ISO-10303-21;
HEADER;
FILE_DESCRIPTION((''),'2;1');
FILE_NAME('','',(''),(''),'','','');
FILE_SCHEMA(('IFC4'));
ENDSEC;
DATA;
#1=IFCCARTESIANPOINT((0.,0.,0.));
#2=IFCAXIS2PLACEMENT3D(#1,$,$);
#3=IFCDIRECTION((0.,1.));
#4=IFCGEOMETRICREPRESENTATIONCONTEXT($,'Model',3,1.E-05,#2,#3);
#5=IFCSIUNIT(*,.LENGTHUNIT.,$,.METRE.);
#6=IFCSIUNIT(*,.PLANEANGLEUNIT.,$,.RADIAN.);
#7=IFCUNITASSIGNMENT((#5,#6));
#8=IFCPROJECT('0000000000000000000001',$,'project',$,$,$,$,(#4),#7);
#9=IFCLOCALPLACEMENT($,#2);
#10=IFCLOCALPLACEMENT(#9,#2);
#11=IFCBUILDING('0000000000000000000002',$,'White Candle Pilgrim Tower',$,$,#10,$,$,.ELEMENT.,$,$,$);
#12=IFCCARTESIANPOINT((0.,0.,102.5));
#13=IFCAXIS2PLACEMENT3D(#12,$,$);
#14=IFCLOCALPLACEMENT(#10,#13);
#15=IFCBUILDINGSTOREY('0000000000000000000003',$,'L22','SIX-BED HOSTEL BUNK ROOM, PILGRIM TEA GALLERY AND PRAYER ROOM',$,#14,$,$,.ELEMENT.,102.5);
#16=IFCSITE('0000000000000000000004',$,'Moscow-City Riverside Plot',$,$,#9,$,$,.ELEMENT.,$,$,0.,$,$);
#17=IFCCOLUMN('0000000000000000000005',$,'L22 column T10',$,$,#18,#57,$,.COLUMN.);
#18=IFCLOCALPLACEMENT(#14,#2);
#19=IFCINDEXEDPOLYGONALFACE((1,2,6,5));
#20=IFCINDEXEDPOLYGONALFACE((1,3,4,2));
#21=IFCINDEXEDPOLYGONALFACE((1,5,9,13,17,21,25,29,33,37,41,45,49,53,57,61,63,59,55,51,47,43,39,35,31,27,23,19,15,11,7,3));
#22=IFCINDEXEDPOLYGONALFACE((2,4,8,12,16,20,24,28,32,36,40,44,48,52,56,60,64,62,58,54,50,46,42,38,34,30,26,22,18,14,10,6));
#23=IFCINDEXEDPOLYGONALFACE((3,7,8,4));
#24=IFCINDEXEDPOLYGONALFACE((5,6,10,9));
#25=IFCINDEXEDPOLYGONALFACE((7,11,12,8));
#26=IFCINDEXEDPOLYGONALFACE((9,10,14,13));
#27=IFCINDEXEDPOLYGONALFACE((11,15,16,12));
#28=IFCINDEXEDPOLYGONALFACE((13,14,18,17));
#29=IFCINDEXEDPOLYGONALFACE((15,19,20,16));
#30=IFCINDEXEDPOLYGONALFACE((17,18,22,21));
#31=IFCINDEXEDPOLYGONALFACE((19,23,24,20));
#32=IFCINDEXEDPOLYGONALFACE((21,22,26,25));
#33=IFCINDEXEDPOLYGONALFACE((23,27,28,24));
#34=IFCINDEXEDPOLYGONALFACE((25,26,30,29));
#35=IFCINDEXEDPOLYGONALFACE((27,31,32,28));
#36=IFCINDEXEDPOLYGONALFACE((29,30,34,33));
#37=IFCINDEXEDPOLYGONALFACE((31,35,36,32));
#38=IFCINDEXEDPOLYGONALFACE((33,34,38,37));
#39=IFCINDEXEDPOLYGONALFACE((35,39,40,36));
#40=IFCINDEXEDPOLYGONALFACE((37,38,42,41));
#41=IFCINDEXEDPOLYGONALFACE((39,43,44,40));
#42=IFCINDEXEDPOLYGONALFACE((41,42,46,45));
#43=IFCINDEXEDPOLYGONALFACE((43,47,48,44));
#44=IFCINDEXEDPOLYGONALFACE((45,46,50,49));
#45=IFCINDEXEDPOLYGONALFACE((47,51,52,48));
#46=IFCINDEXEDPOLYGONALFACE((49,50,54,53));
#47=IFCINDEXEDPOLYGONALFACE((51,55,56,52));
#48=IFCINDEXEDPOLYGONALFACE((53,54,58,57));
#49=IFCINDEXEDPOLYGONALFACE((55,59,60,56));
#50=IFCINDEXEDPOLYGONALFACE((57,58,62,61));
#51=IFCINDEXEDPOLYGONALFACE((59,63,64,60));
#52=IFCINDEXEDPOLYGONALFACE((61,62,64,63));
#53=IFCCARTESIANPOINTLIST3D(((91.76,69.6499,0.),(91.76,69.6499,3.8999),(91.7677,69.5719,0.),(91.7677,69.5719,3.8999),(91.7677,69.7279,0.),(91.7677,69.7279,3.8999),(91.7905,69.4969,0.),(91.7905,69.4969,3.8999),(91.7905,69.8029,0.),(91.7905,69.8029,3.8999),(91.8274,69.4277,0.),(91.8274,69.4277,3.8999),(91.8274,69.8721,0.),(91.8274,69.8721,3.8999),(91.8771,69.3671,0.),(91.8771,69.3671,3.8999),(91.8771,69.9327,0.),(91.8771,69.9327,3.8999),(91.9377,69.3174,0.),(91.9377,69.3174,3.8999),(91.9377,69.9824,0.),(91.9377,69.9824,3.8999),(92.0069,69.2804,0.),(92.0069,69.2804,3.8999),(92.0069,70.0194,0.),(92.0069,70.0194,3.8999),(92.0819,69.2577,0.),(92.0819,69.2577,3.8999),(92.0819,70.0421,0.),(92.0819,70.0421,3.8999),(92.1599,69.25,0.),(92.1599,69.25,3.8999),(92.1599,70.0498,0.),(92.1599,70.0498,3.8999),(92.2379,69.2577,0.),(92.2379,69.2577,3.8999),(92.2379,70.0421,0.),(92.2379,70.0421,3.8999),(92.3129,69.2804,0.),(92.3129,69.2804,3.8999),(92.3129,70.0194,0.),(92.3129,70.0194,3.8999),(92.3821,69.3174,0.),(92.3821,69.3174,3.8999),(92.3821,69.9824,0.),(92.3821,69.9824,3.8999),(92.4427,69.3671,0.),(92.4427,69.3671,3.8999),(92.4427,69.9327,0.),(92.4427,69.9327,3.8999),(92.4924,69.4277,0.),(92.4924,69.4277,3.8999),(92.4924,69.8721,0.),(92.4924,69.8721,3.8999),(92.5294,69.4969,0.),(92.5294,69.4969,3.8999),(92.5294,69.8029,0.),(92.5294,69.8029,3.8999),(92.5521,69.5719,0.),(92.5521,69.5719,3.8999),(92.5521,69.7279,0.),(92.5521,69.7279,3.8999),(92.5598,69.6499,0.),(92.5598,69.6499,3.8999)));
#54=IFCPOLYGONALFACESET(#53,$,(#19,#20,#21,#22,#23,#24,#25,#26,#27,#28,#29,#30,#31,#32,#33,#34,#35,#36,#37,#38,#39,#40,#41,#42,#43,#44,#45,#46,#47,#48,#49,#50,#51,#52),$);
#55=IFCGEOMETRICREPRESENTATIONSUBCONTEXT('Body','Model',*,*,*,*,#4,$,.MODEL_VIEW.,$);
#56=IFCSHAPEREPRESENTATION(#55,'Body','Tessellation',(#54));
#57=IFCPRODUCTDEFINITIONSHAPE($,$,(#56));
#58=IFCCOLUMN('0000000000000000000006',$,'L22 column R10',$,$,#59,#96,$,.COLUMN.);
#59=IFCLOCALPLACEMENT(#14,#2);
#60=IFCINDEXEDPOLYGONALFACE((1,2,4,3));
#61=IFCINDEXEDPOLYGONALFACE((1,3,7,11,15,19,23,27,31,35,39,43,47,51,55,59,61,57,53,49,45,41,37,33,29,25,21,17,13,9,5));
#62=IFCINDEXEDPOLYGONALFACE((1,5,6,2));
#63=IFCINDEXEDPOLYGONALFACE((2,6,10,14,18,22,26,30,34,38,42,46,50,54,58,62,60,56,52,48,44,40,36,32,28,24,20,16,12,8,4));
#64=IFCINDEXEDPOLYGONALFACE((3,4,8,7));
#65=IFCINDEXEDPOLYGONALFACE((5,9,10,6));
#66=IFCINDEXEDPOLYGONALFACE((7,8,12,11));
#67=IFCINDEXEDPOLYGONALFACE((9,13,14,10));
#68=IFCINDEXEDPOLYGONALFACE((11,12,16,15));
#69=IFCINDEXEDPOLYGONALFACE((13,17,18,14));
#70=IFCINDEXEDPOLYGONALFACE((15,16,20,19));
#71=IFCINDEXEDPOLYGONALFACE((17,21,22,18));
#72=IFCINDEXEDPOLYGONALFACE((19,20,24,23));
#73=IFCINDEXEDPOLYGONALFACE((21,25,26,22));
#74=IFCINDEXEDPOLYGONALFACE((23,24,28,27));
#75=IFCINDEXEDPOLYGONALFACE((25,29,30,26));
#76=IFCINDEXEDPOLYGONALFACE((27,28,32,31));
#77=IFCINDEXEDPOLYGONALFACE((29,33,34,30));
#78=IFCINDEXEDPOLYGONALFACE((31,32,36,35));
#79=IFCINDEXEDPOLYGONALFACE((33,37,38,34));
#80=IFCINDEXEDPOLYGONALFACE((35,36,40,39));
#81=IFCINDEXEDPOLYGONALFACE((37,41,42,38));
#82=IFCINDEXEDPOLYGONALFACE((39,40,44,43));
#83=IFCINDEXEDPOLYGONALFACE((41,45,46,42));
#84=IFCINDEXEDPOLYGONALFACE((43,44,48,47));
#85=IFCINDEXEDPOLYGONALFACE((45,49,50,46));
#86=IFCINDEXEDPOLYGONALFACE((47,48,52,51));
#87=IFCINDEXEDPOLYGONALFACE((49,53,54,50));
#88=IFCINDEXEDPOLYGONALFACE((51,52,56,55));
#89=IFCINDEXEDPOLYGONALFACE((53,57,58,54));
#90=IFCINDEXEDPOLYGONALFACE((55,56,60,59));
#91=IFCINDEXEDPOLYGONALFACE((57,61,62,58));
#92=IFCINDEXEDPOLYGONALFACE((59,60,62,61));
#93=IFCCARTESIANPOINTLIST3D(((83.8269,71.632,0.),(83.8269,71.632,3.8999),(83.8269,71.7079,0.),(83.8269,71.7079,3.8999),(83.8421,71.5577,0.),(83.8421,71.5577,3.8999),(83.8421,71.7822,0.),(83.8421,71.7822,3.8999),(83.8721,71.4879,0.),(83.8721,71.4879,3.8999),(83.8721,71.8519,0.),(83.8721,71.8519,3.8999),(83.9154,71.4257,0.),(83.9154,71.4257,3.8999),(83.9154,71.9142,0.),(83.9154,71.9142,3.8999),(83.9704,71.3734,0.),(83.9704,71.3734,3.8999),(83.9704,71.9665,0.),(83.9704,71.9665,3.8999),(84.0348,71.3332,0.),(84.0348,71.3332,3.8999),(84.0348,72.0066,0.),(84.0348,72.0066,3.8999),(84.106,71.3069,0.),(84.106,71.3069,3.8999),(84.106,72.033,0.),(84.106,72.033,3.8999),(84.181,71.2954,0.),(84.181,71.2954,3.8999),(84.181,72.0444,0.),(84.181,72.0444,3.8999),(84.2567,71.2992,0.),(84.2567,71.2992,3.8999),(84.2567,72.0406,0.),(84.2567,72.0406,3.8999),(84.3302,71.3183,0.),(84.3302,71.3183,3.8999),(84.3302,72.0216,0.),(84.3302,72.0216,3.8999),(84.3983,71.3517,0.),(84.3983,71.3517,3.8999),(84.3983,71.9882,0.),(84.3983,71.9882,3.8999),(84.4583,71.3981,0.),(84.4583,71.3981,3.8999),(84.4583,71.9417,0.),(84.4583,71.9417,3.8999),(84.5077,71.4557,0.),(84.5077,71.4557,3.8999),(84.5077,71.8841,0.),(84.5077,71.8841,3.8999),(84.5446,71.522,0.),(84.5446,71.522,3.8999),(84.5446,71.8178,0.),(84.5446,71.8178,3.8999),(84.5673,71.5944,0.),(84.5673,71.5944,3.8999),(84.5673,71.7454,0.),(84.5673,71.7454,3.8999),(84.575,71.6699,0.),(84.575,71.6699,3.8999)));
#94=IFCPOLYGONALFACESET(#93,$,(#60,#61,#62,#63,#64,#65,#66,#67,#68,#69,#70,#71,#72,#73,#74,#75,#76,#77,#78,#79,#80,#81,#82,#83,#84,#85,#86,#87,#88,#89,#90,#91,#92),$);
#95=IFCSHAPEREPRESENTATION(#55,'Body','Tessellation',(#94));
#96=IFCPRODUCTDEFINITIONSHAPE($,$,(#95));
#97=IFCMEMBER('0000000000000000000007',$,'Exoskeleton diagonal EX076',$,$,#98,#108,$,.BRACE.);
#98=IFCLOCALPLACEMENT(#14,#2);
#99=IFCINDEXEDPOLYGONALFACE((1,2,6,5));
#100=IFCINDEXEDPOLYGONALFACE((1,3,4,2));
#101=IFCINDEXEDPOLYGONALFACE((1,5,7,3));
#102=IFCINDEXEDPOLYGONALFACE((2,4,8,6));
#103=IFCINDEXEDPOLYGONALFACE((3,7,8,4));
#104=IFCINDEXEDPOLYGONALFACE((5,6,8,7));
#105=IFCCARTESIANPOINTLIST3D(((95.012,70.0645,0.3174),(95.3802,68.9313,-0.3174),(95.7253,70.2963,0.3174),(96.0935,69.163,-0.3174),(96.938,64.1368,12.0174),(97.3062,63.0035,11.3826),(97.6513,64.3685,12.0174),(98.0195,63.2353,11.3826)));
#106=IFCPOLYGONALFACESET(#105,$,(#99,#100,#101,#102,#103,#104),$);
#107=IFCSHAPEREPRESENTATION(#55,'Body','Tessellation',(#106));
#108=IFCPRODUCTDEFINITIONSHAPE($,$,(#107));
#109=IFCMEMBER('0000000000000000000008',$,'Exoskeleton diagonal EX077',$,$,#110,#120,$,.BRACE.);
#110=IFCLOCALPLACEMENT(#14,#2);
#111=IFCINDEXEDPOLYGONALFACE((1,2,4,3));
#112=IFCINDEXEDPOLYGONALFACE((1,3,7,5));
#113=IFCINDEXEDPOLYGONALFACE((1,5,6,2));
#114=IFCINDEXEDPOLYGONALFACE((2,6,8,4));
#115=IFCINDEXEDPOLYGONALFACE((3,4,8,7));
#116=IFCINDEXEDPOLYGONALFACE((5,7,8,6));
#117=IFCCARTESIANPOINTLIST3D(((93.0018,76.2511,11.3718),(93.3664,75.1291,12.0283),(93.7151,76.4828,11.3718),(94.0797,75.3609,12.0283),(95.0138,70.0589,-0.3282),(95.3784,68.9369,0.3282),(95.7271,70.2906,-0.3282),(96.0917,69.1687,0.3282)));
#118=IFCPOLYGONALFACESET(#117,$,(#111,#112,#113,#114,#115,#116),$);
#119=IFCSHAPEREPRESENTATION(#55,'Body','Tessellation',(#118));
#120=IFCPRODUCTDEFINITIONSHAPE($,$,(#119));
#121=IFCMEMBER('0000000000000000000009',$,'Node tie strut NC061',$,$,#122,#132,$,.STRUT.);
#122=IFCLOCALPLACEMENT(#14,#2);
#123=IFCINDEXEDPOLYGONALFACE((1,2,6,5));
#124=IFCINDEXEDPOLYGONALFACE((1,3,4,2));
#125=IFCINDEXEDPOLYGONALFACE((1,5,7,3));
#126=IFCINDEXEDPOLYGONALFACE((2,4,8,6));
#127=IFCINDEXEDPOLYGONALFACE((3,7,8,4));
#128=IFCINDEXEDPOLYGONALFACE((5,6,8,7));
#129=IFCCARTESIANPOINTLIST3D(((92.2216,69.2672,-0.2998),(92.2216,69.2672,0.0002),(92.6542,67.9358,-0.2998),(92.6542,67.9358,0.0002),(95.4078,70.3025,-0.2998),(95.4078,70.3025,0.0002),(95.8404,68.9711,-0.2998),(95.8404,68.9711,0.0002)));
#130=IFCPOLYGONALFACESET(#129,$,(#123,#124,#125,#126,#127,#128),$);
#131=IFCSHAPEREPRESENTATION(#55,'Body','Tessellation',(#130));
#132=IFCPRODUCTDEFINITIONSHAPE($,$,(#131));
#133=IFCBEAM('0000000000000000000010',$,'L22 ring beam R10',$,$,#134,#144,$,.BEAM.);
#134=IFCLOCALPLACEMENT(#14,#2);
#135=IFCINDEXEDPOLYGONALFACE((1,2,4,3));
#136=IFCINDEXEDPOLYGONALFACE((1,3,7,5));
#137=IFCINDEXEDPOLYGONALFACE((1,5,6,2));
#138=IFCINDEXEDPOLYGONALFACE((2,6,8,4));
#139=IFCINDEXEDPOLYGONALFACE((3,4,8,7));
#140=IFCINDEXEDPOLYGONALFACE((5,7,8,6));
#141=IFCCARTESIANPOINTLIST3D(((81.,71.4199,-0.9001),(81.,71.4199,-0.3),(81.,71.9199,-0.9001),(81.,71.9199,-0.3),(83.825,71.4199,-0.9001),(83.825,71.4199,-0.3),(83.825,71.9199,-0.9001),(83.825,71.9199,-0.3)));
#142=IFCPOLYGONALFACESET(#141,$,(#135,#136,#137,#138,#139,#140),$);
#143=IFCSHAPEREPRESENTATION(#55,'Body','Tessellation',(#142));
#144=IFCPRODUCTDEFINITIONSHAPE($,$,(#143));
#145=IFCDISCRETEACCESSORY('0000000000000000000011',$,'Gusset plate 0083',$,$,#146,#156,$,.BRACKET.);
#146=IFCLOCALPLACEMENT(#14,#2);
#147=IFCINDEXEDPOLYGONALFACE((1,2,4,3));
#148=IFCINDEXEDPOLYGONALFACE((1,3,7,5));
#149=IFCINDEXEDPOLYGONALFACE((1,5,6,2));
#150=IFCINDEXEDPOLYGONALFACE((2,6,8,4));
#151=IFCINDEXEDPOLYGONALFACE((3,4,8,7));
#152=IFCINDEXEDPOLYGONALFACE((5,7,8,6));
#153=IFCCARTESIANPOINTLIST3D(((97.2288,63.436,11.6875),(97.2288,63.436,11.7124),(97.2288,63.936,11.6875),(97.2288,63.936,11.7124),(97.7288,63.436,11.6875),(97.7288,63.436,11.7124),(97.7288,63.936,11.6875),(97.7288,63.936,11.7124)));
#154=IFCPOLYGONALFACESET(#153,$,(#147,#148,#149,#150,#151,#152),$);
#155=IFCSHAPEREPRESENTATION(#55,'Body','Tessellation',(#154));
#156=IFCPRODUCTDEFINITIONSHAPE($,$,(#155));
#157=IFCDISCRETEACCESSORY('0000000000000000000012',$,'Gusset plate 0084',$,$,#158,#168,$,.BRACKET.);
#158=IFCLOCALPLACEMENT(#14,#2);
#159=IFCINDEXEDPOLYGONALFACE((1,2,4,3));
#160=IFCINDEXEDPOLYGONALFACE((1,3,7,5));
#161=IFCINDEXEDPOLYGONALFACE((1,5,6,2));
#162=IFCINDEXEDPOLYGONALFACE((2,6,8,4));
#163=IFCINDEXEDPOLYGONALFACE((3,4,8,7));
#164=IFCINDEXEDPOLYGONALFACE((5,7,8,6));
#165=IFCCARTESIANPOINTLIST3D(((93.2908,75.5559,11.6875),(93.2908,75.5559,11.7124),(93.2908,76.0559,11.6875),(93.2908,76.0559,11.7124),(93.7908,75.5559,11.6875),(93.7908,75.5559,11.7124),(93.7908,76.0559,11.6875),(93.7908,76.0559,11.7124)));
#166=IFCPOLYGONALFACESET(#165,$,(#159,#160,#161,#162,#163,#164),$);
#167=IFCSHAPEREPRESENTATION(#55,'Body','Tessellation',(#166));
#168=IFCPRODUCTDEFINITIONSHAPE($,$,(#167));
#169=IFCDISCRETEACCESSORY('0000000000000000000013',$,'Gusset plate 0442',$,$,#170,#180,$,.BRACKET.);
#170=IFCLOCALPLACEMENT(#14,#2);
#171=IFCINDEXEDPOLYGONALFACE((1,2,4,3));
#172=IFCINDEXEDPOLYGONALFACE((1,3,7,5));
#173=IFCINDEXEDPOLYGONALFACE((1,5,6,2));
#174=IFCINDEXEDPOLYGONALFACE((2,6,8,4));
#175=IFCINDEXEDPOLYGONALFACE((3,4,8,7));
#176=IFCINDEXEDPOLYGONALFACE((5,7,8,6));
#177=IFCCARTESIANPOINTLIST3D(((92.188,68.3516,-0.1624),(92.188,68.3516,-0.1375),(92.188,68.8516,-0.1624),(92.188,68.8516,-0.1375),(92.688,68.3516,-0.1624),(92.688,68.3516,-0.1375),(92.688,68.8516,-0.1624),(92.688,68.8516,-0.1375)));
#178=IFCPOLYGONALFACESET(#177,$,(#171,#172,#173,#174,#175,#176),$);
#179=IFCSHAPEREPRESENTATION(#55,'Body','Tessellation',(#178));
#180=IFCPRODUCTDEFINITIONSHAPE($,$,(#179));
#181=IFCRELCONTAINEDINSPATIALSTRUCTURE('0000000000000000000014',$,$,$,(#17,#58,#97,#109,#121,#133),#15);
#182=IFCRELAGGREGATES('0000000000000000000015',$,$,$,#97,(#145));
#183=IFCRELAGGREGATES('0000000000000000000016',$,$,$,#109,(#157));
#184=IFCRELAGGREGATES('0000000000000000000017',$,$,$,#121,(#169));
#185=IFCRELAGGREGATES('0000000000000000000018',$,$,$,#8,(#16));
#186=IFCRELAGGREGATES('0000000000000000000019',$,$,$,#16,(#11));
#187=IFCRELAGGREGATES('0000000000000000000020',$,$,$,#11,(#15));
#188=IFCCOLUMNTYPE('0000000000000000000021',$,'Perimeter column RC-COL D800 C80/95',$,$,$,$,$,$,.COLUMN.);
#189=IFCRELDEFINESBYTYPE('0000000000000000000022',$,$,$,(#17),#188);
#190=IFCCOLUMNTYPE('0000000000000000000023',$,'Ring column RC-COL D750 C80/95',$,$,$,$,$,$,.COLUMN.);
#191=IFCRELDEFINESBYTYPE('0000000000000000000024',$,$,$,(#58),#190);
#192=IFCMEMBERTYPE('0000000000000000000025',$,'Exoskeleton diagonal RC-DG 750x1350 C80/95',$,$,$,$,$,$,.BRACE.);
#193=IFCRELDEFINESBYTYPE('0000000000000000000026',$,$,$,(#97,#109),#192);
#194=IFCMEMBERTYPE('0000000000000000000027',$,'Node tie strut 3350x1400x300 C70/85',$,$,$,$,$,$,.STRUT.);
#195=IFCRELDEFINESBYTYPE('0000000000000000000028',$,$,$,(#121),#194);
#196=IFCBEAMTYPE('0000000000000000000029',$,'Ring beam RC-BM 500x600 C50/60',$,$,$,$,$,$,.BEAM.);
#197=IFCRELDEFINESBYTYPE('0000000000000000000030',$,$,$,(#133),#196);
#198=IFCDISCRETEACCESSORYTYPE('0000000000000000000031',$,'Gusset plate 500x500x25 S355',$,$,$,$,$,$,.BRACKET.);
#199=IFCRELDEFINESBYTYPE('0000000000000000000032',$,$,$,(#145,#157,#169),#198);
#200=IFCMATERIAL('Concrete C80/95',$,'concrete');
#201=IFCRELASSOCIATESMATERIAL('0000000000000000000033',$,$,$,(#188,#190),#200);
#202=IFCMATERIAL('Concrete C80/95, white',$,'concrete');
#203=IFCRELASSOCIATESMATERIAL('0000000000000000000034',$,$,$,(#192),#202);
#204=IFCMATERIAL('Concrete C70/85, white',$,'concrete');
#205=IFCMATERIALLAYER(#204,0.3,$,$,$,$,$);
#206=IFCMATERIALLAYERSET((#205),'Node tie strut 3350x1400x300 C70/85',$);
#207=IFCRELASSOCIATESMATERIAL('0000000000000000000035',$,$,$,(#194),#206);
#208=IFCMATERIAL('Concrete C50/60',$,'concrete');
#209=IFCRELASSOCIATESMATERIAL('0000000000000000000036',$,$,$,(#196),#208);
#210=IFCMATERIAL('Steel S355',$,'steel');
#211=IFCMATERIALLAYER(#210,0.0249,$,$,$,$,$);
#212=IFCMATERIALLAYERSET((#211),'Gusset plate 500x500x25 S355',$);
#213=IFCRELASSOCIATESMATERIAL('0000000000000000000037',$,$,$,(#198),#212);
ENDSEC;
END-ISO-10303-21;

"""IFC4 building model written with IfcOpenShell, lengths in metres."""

from ifc_helpers import new_model, si_unit, direction, frame, origin, origin_2d, place, context, subcontext, project, spatial, rectangle, circle, extrude, material, layer, layer_set, material_profile, profile_set, type_object, element, aggregate, save


model = new_model("IFC4")

# Units and contexts
model_context = context("Model", 3, precision=1e-05, world=origin(), true_north=direction((0.0, 1.0)))
body_context = subcontext(model_context, "Body", "Model", "MODEL_VIEW")
ifc_project = project(units=[si_unit("LENGTHUNIT", "METRE"), si_unit("PLANEANGLEUNIT", "RADIAN")], contexts=[model_context])

# Site, building, storey
site_placement = place(None, origin())
site = spatial("IfcSite", under=ifc_project, at=site_placement, Name="Moscow-City Riverside Plot", CompositionType="ELEMENT", RefElevation=0.0)
building_placement = place(site_placement, origin())
building = spatial("IfcBuilding", under=site, at=building_placement, Name="White Candle Pilgrim Tower", CompositionType="ELEMENT")
storey_placement = place(building_placement, frame((0.0, 0.0, 102.5)))
storey = spatial("IfcBuildingStorey", under=building, at=storey_placement, Name="L22", Description="SIX-BED HOSTEL BUNK ROOM, PILGRIM TEA GALLERY AND PRAYER ROOM", CompositionType="ELEMENT", Elevation=102.5)

# Columns
ifc_material_1 = material(Name="Concrete C80/95", Category="concrete")
ifc_material_profile_1 = material_profile(ifc_material_1, circle(Radius=0.3999, at=origin_2d()), Name="RC-COL D800")
ifc_profile_set_1 = profile_set([ifc_material_profile_1], Name="Concrete C80/95")
column_type_1 = type_object("IfcColumnType", Name="Perimeter column RC-COL D800 C80/95", PredefinedType="COLUMN", material=ifc_profile_set_1)
column_1_placement = place(storey_placement, frame((92.1599, 69.6499, 0.0), z_axis=(0.0, 0.0, 1.0), x_axis=(1.0, 0.0, 0.0)))
element("IfcColumn", 1, at=column_1_placement, inside=storey, type_object=column_type_1, Name="L22 column T10", PredefinedType="COLUMN", context=body_context, shape_type="SweptSolid", body=[
    extrude(circle(Radius=0.3999, at=origin_2d()), origin(), (0.0, 0.0, 1.0), 3.8999),
])
ifc_material_profile_2 = material_profile(ifc_material_1, circle(Radius=0.375, at=origin_2d()), Name="RC-COL D750")
ifc_profile_set_2 = profile_set([ifc_material_profile_2], Name="Concrete C80/95")
column_type_2 = type_object("IfcColumnType", Name="Ring column RC-COL D750 C80/95", PredefinedType="COLUMN", material=ifc_profile_set_2)
column_2_placement = place(storey_placement, frame((84.2, 71.6699, 0.0), z_axis=(0.0, 0.0, 1.0), x_axis=(1.0, 0.0, 0.0)))
element("IfcColumn", 2, at=column_2_placement, inside=storey, type_object=column_type_2, Name="L22 column R10", PredefinedType="COLUMN", context=body_context, shape_type="SweptSolid", body=[
    extrude(circle(Radius=0.375, at=origin_2d()), origin(), (0.0, 0.0, 1.0), 3.8999),
])

# Members
ifc_material_2 = material(Name="Concrete C80/95, white", Category="concrete")
ifc_material_profile_3 = material_profile(ifc_material_2, rectangle(XDim=0.75, YDim=1.3501, at=origin_2d()), Name="RC-DG 750x1350")
ifc_profile_set_3 = profile_set([ifc_material_profile_3], Name="Concrete C80/95, white")
member_type_1 = type_object("IfcMemberType", Name="Exoskeleton diagonal RC-DG 750x1350 C80/95", PredefinedType="BRACE", material=ifc_profile_set_3)
member_1_placement = place(storey_placement, frame((95.5527, 69.6138, 0.0), z_axis=(0.145288, -0.447155, 0.882578), x_axis=(0.951057, 0.309015, 0.0)))
member_1 = element("IfcMember", 3, at=member_1_placement, inside=storey, type_object=member_type_1, Name="Exoskeleton diagonal EX076", PredefinedType="BRACE", context=body_context, shape_type="SweptSolid", body=[
    extrude(rectangle(XDim=0.75, YDim=1.3501, at=origin_2d()), origin(), (0.0, 0.0, 1.0), 13.2566),
])
member_2_placement = place(storey_placement, frame((95.5527, 69.6138, 0.0), z_axis=(-0.150264, 0.462461, 0.873814), x_axis=(-0.951056, -0.309019, 0.0)))
member_2 = element("IfcMember", 4, at=member_2_placement, inside=storey, type_object=member_type_1, Name="Exoskeleton diagonal EX077", PredefinedType="BRACE", context=body_context, shape_type="SweptSolid", body=[
    extrude(rectangle(XDim=0.75, YDim=1.3501, at=origin_2d()), origin(), (0.0, 0.0, 1.0), 13.3896),
])
ifc_material_3 = material(Name="Concrete C70/85, white", Category="concrete")
ifc_layer_1 = layer(ifc_material_3, 0.3)
ifc_layer_set_1 = layer_set([ifc_layer_1], Name="Node tie strut 3350x1400x300 C70/85")
member_type_2 = type_object("IfcMemberType", Name="Node tie strut 3350x1400x300 C70/85", PredefinedType="STRUT", material=ifc_layer_set_1)
member_3_placement = place(storey_placement, frame((94.031, 69.1191, -0.2998), z_axis=(0.0, 0.0, 1.0), x_axis=(-0.309017, 0.951057, 0.0)))
member_3 = element("IfcMember", 5, at=member_3_placement, inside=storey, type_object=member_type_2, Name="Node tie strut NC061", PredefinedType="STRUT", context=body_context, shape_type="SweptSolid", body=[
    extrude(rectangle(XDim=1.3999, YDim=3.3501, at=origin_2d()), origin(), (0.0, 0.0, 1.0), 0.3),
])

# Beam
ifc_material_4 = material(Name="Concrete C50/60", Category="concrete")
ifc_material_profile_4 = material_profile(ifc_material_4, rectangle(XDim=0.5, YDim=0.6001, at=origin_2d()), Name="RC-BM 500x600")
ifc_profile_set_4 = profile_set([ifc_material_profile_4], Name="Concrete C50/60")
beam_type_1 = type_object("IfcBeamType", Name="Ring beam RC-BM 500x600 C50/60", PredefinedType="BEAM", material=ifc_profile_set_4)
beam_1_placement = place(storey_placement, frame((83.825, 71.6699, -0.6001), z_axis=(-1.0, 0.0, 0.0), x_axis=(0.0, -1.0, 0.0)))
element("IfcBeam", 6, at=beam_1_placement, inside=storey, type_object=beam_type_1, Name="L22 ring beam R10", PredefinedType="BEAM", context=body_context, shape_type="SweptSolid", body=[
    extrude(rectangle(XDim=0.5, YDim=0.6001, at=origin_2d()), origin(), (0.0, 0.0, 1.0), 2.825),
])

# Discrete accessories
ifc_material_5 = material(Name="Steel S355", Category="steel")
ifc_layer_2 = layer(ifc_material_5, 0.0249)
ifc_layer_set_2 = layer_set([ifc_layer_2], Name="Gusset plate 500x500x25 S355")
discrete_accessory_type = type_object("IfcDiscreteAccessoryType", Name="Gusset plate 500x500x25 S355", PredefinedType="BRACKET", material=ifc_layer_set_2)
placement = place(building_placement, frame((0.0, 0.0, 114.2)))
discrete_accessory_1_placement = place(placement, frame((97.4788, 63.686, -0.0125), z_axis=(0.0, 0.0, 1.0), x_axis=(1.0, 0.0, 0.0)))
discrete_accessory_1 = element("IfcDiscreteAccessory", 7, at=discrete_accessory_1_placement, type_object=discrete_accessory_type, Name="Gusset plate 0083", PredefinedType="BRACKET", context=body_context, shape_type="SweptSolid", body=[
    extrude(rectangle(XDim=0.5, YDim=0.5, at=origin_2d()), origin(), (0.0, 0.0, 1.0), 0.0249),
])
aggregate(member_1, [discrete_accessory_1])
discrete_accessory_2_placement = place(placement, frame((93.5408, 75.8059, -0.0125), z_axis=(0.0, 0.0, 1.0), x_axis=(1.0, 0.0, 0.0)))
discrete_accessory_2 = element("IfcDiscreteAccessory", 8, at=discrete_accessory_2_placement, type_object=discrete_accessory_type, Name="Gusset plate 0084", PredefinedType="BRACKET", context=body_context, shape_type="SweptSolid", body=[
    extrude(rectangle(XDim=0.5, YDim=0.5, at=origin_2d()), origin(), (0.0, 0.0, 1.0), 0.0249),
])
aggregate(member_2, [discrete_accessory_2])
discrete_accessory_3_placement = place(storey_placement, frame((92.438, 68.6016, -0.1624), z_axis=(0.0, 0.0, 1.0), x_axis=(1.0, 0.0, 0.0)))
discrete_accessory_3 = element("IfcDiscreteAccessory", 9, at=discrete_accessory_3_placement, type_object=discrete_accessory_type, Name="Gusset plate 0442", PredefinedType="BRACKET", context=body_context, shape_type="SweptSolid", body=[
    extrude(rectangle(XDim=0.5, YDim=0.5, at=origin_2d()), origin(), (0.0, 0.0, 1.0), 0.0249),
])
aggregate(member_3, [discrete_accessory_3])

save(model, "model.ifc")
